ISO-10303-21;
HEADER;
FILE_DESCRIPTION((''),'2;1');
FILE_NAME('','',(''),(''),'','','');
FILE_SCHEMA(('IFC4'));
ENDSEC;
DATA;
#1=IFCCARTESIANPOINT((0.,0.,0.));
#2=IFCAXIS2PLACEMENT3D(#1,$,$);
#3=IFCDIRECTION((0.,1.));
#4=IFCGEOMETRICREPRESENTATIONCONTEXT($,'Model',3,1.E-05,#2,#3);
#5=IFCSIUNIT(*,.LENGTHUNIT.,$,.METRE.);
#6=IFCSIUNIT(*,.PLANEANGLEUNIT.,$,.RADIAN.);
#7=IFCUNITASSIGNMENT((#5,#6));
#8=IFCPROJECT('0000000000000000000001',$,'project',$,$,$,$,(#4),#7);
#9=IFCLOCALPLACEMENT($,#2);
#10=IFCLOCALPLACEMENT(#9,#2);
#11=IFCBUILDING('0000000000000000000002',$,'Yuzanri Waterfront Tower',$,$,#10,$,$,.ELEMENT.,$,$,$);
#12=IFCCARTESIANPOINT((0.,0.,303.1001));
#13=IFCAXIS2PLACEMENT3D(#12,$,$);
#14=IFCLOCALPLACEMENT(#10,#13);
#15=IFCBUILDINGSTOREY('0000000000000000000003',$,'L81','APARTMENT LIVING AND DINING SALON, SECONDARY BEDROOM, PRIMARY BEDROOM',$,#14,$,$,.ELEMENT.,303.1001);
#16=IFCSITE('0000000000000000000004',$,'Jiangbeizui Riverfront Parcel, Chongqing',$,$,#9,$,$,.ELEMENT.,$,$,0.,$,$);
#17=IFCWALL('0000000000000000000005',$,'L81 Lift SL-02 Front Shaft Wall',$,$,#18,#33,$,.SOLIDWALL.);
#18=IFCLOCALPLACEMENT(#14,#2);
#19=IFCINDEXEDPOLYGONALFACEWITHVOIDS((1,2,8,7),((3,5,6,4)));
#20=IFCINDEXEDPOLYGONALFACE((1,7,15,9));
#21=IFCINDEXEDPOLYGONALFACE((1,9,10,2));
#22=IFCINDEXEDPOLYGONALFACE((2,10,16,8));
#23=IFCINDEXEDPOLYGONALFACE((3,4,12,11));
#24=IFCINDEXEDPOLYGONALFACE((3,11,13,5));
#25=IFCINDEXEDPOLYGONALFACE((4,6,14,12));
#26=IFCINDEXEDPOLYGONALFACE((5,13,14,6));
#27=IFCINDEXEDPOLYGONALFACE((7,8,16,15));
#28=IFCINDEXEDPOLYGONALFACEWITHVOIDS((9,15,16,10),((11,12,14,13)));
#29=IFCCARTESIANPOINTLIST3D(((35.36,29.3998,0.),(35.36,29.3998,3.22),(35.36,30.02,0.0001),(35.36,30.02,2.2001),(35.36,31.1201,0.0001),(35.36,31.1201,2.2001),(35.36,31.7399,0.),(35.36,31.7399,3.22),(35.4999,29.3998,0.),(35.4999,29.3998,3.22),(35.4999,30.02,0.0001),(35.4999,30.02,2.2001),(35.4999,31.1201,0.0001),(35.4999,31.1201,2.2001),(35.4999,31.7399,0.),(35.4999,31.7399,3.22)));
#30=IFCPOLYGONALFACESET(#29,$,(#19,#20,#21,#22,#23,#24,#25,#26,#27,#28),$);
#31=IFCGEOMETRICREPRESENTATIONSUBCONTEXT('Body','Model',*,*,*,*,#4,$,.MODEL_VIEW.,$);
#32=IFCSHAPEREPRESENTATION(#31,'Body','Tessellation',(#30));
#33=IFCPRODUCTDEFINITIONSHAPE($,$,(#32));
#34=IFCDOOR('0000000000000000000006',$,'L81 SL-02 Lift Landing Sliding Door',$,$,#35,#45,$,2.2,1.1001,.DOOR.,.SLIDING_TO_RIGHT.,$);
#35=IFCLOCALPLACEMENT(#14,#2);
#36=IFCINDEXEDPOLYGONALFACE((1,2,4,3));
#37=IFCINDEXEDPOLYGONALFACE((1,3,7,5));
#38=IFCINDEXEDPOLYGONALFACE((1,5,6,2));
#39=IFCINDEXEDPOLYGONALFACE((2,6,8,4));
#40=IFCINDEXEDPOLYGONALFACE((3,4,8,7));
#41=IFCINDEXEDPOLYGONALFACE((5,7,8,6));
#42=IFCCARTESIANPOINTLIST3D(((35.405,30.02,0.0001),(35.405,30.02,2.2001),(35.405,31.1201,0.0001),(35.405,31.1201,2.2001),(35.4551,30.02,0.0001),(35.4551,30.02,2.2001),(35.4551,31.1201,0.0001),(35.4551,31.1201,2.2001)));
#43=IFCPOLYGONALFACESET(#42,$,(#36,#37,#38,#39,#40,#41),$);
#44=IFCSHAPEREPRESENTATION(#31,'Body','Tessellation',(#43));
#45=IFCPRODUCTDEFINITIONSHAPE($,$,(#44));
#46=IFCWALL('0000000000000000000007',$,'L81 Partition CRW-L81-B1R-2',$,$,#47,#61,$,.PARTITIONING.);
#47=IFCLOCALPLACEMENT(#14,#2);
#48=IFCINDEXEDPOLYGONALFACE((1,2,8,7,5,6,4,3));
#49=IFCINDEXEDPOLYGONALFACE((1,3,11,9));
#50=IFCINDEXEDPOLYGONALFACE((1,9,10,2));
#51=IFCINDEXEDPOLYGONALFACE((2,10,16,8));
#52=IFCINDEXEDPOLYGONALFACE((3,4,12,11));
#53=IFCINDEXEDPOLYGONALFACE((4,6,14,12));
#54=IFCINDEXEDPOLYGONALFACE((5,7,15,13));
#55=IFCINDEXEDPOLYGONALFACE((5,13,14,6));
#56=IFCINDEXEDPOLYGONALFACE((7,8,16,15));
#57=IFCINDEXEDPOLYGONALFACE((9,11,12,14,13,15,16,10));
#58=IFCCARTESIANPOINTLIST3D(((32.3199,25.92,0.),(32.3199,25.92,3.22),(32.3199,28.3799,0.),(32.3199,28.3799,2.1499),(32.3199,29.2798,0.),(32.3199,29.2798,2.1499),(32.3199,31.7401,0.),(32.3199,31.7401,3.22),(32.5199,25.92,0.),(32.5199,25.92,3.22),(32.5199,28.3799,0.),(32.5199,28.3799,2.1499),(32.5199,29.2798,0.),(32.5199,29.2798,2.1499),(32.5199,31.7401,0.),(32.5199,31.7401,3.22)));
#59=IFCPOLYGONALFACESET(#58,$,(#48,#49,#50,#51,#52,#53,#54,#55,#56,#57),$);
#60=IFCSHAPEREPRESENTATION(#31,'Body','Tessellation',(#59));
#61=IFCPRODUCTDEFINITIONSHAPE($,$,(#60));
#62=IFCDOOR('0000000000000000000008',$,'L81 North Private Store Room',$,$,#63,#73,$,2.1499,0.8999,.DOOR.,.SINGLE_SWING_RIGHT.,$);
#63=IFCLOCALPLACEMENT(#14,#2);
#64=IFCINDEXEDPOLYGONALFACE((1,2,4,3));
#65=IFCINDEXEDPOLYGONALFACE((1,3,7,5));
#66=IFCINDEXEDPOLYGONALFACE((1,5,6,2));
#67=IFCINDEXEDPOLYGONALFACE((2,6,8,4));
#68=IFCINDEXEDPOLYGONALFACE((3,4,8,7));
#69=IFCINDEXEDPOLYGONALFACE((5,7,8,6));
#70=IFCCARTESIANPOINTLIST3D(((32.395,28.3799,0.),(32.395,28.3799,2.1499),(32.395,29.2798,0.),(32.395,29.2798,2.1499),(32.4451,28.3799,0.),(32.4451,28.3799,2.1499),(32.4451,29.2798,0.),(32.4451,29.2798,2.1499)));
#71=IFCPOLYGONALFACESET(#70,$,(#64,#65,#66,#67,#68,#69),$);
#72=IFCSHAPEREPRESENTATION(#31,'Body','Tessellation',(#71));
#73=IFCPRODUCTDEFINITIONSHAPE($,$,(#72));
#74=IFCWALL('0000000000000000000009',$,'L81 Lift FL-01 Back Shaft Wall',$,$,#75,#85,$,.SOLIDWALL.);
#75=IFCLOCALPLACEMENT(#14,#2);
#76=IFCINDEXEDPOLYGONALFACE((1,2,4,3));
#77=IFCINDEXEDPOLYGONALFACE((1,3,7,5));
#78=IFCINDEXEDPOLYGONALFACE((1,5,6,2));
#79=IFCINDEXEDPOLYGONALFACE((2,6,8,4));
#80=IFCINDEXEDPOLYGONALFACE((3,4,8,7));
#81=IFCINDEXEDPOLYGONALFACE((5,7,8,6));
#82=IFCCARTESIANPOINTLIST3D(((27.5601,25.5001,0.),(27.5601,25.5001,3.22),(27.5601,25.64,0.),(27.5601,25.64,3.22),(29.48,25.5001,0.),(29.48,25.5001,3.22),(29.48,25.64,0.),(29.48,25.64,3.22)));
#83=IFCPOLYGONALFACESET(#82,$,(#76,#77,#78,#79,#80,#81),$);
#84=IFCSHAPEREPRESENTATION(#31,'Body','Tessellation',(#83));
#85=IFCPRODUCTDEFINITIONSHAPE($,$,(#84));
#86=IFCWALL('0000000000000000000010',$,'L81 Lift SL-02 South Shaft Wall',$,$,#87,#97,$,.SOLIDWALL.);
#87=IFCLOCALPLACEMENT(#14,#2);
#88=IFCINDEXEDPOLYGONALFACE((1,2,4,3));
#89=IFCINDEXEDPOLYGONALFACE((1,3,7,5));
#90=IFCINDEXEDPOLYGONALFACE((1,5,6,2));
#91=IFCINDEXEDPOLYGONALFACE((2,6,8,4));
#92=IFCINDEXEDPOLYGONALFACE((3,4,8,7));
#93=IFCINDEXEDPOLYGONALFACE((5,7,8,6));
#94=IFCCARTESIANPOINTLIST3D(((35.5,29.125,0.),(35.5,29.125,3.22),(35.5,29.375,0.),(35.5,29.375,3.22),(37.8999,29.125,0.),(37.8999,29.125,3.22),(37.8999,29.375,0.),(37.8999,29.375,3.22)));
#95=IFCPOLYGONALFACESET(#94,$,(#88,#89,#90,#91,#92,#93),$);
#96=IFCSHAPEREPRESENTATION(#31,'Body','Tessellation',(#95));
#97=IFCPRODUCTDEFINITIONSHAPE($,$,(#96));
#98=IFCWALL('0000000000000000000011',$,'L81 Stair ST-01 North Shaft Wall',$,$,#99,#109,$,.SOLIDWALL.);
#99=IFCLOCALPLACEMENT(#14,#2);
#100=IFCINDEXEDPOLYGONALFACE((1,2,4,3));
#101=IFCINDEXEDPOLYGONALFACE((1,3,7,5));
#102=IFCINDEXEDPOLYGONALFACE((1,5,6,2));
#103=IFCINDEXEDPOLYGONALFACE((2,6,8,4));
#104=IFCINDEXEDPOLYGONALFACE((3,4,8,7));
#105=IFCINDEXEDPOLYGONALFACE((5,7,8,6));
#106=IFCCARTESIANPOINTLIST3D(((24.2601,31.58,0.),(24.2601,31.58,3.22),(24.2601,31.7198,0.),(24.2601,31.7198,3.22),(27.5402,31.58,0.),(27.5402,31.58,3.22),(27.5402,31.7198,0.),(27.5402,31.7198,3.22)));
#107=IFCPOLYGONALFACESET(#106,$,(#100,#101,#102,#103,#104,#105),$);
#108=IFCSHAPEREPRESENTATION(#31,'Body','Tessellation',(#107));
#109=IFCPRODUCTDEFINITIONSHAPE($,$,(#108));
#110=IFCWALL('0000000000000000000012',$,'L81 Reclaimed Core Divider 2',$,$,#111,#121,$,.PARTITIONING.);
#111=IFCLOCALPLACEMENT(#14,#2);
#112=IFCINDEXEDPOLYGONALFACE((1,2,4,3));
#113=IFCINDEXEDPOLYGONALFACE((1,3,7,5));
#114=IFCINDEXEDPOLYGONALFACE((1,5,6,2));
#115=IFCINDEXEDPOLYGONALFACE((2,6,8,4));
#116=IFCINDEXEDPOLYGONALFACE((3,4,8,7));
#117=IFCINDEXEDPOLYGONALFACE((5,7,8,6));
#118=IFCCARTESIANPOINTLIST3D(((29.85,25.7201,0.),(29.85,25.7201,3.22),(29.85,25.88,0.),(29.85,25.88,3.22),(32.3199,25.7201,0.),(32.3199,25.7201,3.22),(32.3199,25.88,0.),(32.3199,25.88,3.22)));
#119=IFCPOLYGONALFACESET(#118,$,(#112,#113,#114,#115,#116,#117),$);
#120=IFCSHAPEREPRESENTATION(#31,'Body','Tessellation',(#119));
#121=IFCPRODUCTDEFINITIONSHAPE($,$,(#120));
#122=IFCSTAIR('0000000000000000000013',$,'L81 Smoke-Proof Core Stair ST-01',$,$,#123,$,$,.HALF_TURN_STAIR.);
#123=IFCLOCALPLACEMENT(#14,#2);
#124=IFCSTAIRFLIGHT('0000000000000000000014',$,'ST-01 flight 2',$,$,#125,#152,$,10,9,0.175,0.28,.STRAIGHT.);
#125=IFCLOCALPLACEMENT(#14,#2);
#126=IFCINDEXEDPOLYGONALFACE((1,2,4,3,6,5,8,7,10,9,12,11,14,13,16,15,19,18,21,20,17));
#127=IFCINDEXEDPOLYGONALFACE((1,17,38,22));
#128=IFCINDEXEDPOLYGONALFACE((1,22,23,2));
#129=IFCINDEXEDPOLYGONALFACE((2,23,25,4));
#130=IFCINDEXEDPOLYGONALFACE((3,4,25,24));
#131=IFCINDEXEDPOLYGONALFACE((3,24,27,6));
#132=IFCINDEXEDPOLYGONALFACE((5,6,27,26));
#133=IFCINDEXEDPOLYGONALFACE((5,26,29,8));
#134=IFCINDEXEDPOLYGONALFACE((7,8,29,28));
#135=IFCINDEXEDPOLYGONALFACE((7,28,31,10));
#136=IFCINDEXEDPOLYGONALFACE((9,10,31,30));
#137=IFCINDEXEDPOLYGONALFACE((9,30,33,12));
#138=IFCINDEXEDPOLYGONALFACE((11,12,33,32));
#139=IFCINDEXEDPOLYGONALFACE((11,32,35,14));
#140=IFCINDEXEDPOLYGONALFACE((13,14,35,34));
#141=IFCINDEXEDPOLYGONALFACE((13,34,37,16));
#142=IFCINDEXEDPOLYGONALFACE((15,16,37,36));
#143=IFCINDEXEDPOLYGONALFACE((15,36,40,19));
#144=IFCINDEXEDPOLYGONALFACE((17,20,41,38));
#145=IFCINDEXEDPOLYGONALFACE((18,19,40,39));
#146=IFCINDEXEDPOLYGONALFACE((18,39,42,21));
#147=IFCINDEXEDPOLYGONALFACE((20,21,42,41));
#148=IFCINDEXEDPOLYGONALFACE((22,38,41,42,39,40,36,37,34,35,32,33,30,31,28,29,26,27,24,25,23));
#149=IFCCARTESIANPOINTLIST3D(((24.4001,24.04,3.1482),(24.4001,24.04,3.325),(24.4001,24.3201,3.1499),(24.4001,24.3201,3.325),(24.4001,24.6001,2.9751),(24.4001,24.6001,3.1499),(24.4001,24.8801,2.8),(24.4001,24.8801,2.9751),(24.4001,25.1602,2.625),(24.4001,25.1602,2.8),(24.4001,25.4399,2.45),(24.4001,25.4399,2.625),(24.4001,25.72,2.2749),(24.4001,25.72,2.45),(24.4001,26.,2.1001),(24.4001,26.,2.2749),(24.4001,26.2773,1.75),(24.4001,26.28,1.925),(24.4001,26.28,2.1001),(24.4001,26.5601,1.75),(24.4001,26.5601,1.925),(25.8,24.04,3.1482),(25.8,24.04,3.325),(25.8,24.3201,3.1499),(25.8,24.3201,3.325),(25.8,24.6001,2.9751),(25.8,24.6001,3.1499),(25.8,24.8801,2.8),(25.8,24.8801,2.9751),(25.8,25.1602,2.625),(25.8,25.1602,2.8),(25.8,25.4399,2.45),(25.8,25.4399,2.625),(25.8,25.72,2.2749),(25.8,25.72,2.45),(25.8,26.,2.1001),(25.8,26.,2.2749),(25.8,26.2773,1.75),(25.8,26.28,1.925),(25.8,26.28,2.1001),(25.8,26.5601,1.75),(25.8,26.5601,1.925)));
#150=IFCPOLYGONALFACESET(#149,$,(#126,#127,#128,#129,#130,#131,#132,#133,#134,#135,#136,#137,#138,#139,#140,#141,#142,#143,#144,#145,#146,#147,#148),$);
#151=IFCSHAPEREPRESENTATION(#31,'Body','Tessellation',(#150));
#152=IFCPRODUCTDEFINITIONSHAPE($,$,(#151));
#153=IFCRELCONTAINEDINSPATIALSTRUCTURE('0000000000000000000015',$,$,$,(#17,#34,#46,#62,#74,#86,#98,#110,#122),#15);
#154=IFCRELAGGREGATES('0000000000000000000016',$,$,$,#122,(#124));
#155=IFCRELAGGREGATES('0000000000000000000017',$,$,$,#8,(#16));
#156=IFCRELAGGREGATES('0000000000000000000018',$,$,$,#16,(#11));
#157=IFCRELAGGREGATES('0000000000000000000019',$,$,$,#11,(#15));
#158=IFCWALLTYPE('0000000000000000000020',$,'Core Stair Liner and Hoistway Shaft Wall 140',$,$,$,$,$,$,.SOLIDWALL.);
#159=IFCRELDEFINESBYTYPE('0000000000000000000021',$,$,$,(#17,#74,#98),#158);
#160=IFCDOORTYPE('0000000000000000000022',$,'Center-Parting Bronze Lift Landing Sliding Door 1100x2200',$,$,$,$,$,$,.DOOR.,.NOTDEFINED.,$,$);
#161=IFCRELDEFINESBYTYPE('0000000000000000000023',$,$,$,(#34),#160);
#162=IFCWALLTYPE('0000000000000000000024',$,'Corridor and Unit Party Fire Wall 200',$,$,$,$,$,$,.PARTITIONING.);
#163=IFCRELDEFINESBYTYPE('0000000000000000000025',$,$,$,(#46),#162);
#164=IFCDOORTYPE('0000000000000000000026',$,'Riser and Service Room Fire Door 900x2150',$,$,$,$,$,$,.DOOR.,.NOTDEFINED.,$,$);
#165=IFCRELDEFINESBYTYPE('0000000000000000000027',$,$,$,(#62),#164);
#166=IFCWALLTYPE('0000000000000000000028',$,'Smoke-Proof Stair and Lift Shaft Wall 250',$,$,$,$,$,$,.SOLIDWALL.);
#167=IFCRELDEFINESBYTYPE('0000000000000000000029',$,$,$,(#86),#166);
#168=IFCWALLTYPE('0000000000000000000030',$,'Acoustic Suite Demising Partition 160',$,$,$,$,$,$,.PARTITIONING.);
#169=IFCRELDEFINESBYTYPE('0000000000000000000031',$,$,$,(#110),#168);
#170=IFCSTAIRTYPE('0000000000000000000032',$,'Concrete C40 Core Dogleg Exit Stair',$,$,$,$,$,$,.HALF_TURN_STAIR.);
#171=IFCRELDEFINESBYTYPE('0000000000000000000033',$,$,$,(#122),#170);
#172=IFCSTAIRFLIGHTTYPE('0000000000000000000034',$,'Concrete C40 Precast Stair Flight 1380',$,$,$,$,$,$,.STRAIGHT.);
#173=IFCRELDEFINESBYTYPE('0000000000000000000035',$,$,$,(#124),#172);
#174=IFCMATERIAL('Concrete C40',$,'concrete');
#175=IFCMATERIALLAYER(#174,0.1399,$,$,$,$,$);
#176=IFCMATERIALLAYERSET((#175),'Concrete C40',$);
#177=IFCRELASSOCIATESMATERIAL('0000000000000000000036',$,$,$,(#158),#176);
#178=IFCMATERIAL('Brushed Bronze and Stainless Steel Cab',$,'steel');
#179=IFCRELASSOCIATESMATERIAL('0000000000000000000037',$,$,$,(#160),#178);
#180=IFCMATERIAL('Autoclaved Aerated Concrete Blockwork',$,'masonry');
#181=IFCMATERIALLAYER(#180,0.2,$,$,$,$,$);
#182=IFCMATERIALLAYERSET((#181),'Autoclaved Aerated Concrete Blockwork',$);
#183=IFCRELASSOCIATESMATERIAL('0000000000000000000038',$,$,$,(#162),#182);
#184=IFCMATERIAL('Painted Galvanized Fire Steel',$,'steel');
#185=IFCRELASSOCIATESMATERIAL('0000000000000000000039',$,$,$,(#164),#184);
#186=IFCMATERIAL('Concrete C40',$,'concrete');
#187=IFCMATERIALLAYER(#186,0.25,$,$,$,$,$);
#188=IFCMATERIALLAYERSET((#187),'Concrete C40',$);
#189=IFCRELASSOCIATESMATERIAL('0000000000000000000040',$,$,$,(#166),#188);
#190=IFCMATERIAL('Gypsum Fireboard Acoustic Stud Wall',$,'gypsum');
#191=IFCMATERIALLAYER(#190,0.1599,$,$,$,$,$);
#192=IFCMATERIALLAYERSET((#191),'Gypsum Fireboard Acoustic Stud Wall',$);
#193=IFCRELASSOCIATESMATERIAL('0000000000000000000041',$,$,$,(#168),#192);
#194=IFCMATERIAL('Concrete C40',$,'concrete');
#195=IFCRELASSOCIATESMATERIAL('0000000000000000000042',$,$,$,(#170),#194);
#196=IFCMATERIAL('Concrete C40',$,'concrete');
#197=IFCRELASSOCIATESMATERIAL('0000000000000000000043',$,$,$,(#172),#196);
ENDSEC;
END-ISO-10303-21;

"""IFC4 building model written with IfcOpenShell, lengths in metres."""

from ifc_helpers import new_model, si_unit, direction, frame, frame_2d, origin, place, context, subcontext, project, spatial, polyline, rectangle, outline, extrude, source, transform, mapped, material, layer, layer_set, type_object, element, fill, aggregate, save


model = new_model("IFC4")

# Units and contexts
model_context = context("Model", 3, precision=1e-05, world=origin(), true_north=direction((0.0, 1.0)))
body_context = subcontext(model_context, "Body", "Model", "MODEL_VIEW")
ifc_project = project(units=[si_unit("LENGTHUNIT", "METRE"), si_unit("PLANEANGLEUNIT", "RADIAN")], contexts=[model_context])

# Site, building, storey
site_placement = place(None, origin())
site = spatial("IfcSite", under=ifc_project, at=site_placement, Name="Jiangbeizui Riverfront Parcel, Chongqing", CompositionType="ELEMENT", RefElevation=0.0)
building_placement = place(site_placement, origin())
building = spatial("IfcBuilding", under=site, at=building_placement, Name="Yuzanri Waterfront Tower", CompositionType="ELEMENT")
storey_placement = place(building_placement, frame((0.0, 0.0, 303.1001)))
storey = spatial("IfcBuildingStorey", under=building, at=storey_placement, Name="L81", Description="APARTMENT LIVING AND DINING SALON, SECONDARY BEDROOM, PRIMARY BEDROOM", CompositionType="ELEMENT", Elevation=303.1001)

# Walls, openings, doors
ifc_material_1 = material(Name="Concrete C40", Category="concrete")
ifc_layer_1 = layer(ifc_material_1, 0.1399)
ifc_layer_set_1 = layer_set([ifc_layer_1], Name="Concrete C40")
wall_type_1 = type_object("IfcWallType", Name="Core Stair Liner and Hoistway Shaft Wall 140", PredefinedType="SOLIDWALL", material=ifc_layer_set_1)
wall_1_placement = place(storey_placement, frame((35.4299, 29.3999, 0.0), z_axis=(0.0, 0.0, 1.0), x_axis=(0.0, 1.0, 0.0)))
wall_1 = element("IfcWall", 1, at=wall_1_placement, inside=storey, type_object=wall_type_1, Name="L81 Lift SL-02 Front Shaft Wall", PredefinedType="SOLIDWALL", context=body_context, shape_type="SweptSolid", body=[
    extrude(rectangle(XDim=2.3401, YDim=0.1399, at=frame_2d((1.1699, 0.0))), origin(), (0.0, 0.0, 1.0), 3.22),
])
opening_1_placement = place(wall_1_placement, frame((0.6201, 0.0, 0.0)))
opening_1 = element("IfcOpeningElement", 2, at=opening_1_placement, cuts=wall_1, PredefinedType="OPENING", context=body_context, shape_type="SweptSolid", body=[
    extrude(rectangle(XDim=1.1001, YDim=2.2, at=frame_2d((0.55, 1.1001))), frame((0.0, 0.085, 0.0), z_axis=(0.0, -1.0, 0.0), x_axis=(1.0, 0.0, 0.0)), (0.0, 0.0, 1.0), 0.1697),
])
ifc_material_2 = material(Name="Brushed Bronze and Stainless Steel Cab", Category="steel")
door_type_1 = type_object("IfcDoorType", Name="Center-Parting Bronze Lift Landing Sliding Door 1100x2200", OperationType="NOTDEFINED", PredefinedType="DOOR", material=ifc_material_2)
shared_shape_1 = source(origin(), body_context, "Body", "SweptSolid", [
    extrude(rectangle(XDim=1.1001, YDim=2.2, at=frame_2d((0.55, 1.1001))), frame((0.0, 0.0249, 0.0), z_axis=(0.0, -1.0, 0.0), x_axis=(1.0, 0.0, 0.0)), (0.0, 0.0, 1.0), 0.05),
])
door_1_placement = place(opening_1_placement, origin())
door_1 = element("IfcDoor", 3, at=door_1_placement, inside=storey, type_object=door_type_1, Name="L81 SL-02 Lift Landing Sliding Door", OperationType="SLIDING_TO_RIGHT", OverallHeight=2.2, OverallWidth=1.1001, PredefinedType="DOOR", context=body_context, shape_type="MappedRepresentation", body=[
    mapped(shared_shape_1, transform((0.0, 0.0, 0.0), scale=1.0)),
])
fill(opening_1, door_1)
ifc_material_3 = material(Name="Autoclaved Aerated Concrete Blockwork", Category="masonry")
ifc_layer_2 = layer(ifc_material_3, 0.2)
ifc_layer_set_2 = layer_set([ifc_layer_2], Name="Autoclaved Aerated Concrete Blockwork")
wall_type_2 = type_object("IfcWallType", Name="Corridor and Unit Party Fire Wall 200", PredefinedType="PARTITIONING", material=ifc_layer_set_2)
ifc_material_4 = material(Name="Painted Galvanized Fire Steel", Category="steel")
door_type_2 = type_object("IfcDoorType", Name="Riser and Service Room Fire Door 900x2150", OperationType="NOTDEFINED", PredefinedType="DOOR", material=ifc_material_4)
shared_shape_2 = source(origin(), body_context, "Body", "SweptSolid", [
    extrude(rectangle(XDim=0.8999, YDim=2.1499, at=frame_2d((0.45, 1.075))), frame((0.0, 0.0249, 0.0), z_axis=(0.0, -1.0, 0.0), x_axis=(1.0, 0.0, 0.0)), (0.0, 0.0, 1.0), 0.05),
])
wall_2_placement = place(storey_placement, frame((32.4199, 25.9199, 0.0), z_axis=(0.0, 0.0, 1.0), x_axis=(0.0, 1.0, 0.0)))
wall_2 = element("IfcWall", 4, at=wall_2_placement, inside=storey, type_object=wall_type_2, Name="L81 Partition CRW-L81-B1R-2", PredefinedType="PARTITIONING", context=body_context, shape_type="SweptSolid", body=[
    extrude(rectangle(XDim=5.8201, YDim=0.2, at=frame_2d((2.9102, 0.0))), origin(), (0.0, 0.0, 1.0), 3.22),
])
opening_2_placement = place(wall_2_placement, frame((2.46, 0.0, 0.0)))
opening_2 = element("IfcOpeningElement", 5, at=opening_2_placement, cuts=wall_2, PredefinedType="OPENING", context=body_context, shape_type="SweptSolid", body=[
    extrude(rectangle(XDim=0.8999, YDim=2.1499, at=frame_2d((0.45, 1.075))), frame((0.0, 0.1147, 0.0), z_axis=(0.0, -1.0, 0.0), x_axis=(1.0, 0.0, 0.0)), (0.0, 0.0, 1.0), 0.2297),
])
door_2_placement = place(opening_2_placement, origin())
door_2 = element("IfcDoor", 6, at=door_2_placement, inside=storey, type_object=door_type_2, Name="L81 North Private Store Room", OperationType="SINGLE_SWING_RIGHT", OverallHeight=2.1499, OverallWidth=0.8999, PredefinedType="DOOR", context=body_context, shape_type="MappedRepresentation", body=[
    mapped(shared_shape_2, transform((0.0, 0.0, 0.0), scale=1.0)),
])
fill(opening_2, door_2)

# Walls
shared_shape_3 = source(origin(), body_context, "Body", "SweptSolid", [
    extrude(rectangle(XDim=1.9199, YDim=0.1399, at=frame_2d((0.96, 0.0))), origin(), (0.0, 0.0, 1.0), 3.22),
])
wall_3_placement = place(storey_placement, frame((27.5601, 25.5701, 0.0), z_axis=(0.0, 0.0, 1.0), x_axis=(1.0, 0.0, 0.0)))
element("IfcWall", 7, at=wall_3_placement, inside=storey, type_object=wall_type_1, Name="L81 Lift FL-01 Back Shaft Wall", PredefinedType="SOLIDWALL", context=body_context, shape_type="MappedRepresentation", body=[
    mapped(shared_shape_3, transform((0.0, 0.0, 0.0), scale=1.0)),
])
ifc_material_5 = material(Name="Concrete C40", Category="concrete")
ifc_layer_3 = layer(ifc_material_5, 0.25)
ifc_layer_set_3 = layer_set([ifc_layer_3], Name="Concrete C40")
wall_type_3 = type_object("IfcWallType", Name="Smoke-Proof Stair and Lift Shaft Wall 250", PredefinedType="SOLIDWALL", material=ifc_layer_set_3)
shared_shape_4 = source(origin(), body_context, "Body", "SweptSolid", [
    extrude(rectangle(XDim=2.3999, YDim=0.25, at=frame_2d((1.2, 0.0))), origin(), (0.0, 0.0, 1.0), 3.22),
])
wall_4_placement = place(storey_placement, frame((35.5, 29.25, 0.0), z_axis=(0.0, 0.0, 1.0), x_axis=(1.0, 0.0, 0.0)))
element("IfcWall", 8, at=wall_4_placement, inside=storey, type_object=wall_type_3, Name="L81 Lift SL-02 South Shaft Wall", PredefinedType="SOLIDWALL", context=body_context, shape_type="MappedRepresentation", body=[
    mapped(shared_shape_4, transform((0.0, 0.0, 0.0), scale=1.0)),
])
shared_shape_5 = source(origin(), body_context, "Body", "SweptSolid", [
    extrude(rectangle(XDim=3.28, YDim=0.1399, at=frame_2d((1.6401, 0.0))), origin(), (0.0, 0.0, 1.0), 3.22),
])
wall_5_placement = place(storey_placement, frame((24.26, 31.6499, 0.0), z_axis=(0.0, 0.0, 1.0), x_axis=(1.0, 0.0, 0.0)))
element("IfcWall", 9, at=wall_5_placement, inside=storey, type_object=wall_type_1, Name="L81 Stair ST-01 North Shaft Wall", PredefinedType="SOLIDWALL", context=body_context, shape_type="MappedRepresentation", body=[
    mapped(shared_shape_5, transform((0.0, 0.0, 0.0), scale=1.0)),
])
ifc_material_6 = material(Name="Gypsum Fireboard Acoustic Stud Wall", Category="gypsum")
ifc_layer_4 = layer(ifc_material_6, 0.1599)
ifc_layer_set_4 = layer_set([ifc_layer_4], Name="Gypsum Fireboard Acoustic Stud Wall")
wall_type_4 = type_object("IfcWallType", Name="Acoustic Suite Demising Partition 160", PredefinedType="PARTITIONING", material=ifc_layer_set_4)
shared_shape_6 = source(origin(), body_context, "Body", "SweptSolid", [
    extrude(rectangle(XDim=2.47, YDim=0.1599, at=frame_2d((1.2349, 0.0))), origin(), (0.0, 0.0, 1.0), 3.22),
])
wall_6_placement = place(storey_placement, frame((29.8501, 25.8, 0.0), z_axis=(0.0, 0.0, 1.0), x_axis=(1.0, 0.0, 0.0)))
element("IfcWall", 10, at=wall_6_placement, inside=storey, type_object=wall_type_4, Name="L81 Reclaimed Core Divider 2", PredefinedType="PARTITIONING", context=body_context, shape_type="MappedRepresentation", body=[
    mapped(shared_shape_6, transform((0.0, 0.0, 0.0), scale=1.0)),
])

# Stair, stair flight
ifc_material_7 = material(Name="Concrete C40", Category="concrete")
stair_type = type_object("IfcStairType", Name="Concrete C40 Core Dogleg Exit Stair", PredefinedType="HALF_TURN_STAIR", material=ifc_material_7)
stair_placement = place(storey_placement, origin())
stair = element("IfcStair", 11, at=stair_placement, inside=storey, type_object=stair_type, Name="L81 Smoke-Proof Core Stair ST-01", PredefinedType="HALF_TURN_STAIR")
ifc_material_8 = material(Name="Concrete C40", Category="concrete")
stair_flight_type = type_object("IfcStairFlightType", Name="Concrete C40 Precast Stair Flight 1380", PredefinedType="STRAIGHT", material=ifc_material_8)
shared_shape_7 = source(origin(), body_context, "Body", "SweptSolid", [
    extrude(outline(polyline([(0.0, 0.0), (0.0, 0.175), (0.28, 0.175), (0.28, 0.3501), (0.5601, 0.3501), (0.5601, 0.5249), (0.8401, 0.5249), (0.8401, 0.7), (1.1201, 0.7), (1.1201, 0.875), (1.3999, 0.875), (1.3999, 1.05), (1.6799, 1.05), (1.6799, 1.2251), (1.96, 1.2251), (1.96, 1.3999), (2.24, 1.3999), (2.24, 1.575), (2.52, 1.575), (2.52, 1.75), (2.52, 1.3982), (0.2827, 0.0), (0.0, 0.0)])), frame((0.0, 0.7, 0.0), z_axis=(0.0, -1.0, 0.0), x_axis=(1.0, 0.0, 0.0)), (0.0, 0.0, 1.0), 1.3999),
])
stair_flight_placement = place(storey_placement, frame((25.1001, 26.5601, 1.75), z_axis=(0.0, 0.0, 1.0), x_axis=(0.0, -1.0, 0.0)))
stair_flight = element("IfcStairFlight", 12, at=stair_flight_placement, type_object=stair_flight_type, Name="ST-01 flight 2", NumberOfRisers=10, NumberOfTreads=9, PredefinedType="STRAIGHT", RiserHeight=0.175, TreadLength=0.28, context=body_context, shape_type="MappedRepresentation", body=[
    mapped(shared_shape_7, transform((0.0, 0.0, 0.0), scale=1.0)),
])
aggregate(stair, [stair_flight])

save(model, "model.ifc")
